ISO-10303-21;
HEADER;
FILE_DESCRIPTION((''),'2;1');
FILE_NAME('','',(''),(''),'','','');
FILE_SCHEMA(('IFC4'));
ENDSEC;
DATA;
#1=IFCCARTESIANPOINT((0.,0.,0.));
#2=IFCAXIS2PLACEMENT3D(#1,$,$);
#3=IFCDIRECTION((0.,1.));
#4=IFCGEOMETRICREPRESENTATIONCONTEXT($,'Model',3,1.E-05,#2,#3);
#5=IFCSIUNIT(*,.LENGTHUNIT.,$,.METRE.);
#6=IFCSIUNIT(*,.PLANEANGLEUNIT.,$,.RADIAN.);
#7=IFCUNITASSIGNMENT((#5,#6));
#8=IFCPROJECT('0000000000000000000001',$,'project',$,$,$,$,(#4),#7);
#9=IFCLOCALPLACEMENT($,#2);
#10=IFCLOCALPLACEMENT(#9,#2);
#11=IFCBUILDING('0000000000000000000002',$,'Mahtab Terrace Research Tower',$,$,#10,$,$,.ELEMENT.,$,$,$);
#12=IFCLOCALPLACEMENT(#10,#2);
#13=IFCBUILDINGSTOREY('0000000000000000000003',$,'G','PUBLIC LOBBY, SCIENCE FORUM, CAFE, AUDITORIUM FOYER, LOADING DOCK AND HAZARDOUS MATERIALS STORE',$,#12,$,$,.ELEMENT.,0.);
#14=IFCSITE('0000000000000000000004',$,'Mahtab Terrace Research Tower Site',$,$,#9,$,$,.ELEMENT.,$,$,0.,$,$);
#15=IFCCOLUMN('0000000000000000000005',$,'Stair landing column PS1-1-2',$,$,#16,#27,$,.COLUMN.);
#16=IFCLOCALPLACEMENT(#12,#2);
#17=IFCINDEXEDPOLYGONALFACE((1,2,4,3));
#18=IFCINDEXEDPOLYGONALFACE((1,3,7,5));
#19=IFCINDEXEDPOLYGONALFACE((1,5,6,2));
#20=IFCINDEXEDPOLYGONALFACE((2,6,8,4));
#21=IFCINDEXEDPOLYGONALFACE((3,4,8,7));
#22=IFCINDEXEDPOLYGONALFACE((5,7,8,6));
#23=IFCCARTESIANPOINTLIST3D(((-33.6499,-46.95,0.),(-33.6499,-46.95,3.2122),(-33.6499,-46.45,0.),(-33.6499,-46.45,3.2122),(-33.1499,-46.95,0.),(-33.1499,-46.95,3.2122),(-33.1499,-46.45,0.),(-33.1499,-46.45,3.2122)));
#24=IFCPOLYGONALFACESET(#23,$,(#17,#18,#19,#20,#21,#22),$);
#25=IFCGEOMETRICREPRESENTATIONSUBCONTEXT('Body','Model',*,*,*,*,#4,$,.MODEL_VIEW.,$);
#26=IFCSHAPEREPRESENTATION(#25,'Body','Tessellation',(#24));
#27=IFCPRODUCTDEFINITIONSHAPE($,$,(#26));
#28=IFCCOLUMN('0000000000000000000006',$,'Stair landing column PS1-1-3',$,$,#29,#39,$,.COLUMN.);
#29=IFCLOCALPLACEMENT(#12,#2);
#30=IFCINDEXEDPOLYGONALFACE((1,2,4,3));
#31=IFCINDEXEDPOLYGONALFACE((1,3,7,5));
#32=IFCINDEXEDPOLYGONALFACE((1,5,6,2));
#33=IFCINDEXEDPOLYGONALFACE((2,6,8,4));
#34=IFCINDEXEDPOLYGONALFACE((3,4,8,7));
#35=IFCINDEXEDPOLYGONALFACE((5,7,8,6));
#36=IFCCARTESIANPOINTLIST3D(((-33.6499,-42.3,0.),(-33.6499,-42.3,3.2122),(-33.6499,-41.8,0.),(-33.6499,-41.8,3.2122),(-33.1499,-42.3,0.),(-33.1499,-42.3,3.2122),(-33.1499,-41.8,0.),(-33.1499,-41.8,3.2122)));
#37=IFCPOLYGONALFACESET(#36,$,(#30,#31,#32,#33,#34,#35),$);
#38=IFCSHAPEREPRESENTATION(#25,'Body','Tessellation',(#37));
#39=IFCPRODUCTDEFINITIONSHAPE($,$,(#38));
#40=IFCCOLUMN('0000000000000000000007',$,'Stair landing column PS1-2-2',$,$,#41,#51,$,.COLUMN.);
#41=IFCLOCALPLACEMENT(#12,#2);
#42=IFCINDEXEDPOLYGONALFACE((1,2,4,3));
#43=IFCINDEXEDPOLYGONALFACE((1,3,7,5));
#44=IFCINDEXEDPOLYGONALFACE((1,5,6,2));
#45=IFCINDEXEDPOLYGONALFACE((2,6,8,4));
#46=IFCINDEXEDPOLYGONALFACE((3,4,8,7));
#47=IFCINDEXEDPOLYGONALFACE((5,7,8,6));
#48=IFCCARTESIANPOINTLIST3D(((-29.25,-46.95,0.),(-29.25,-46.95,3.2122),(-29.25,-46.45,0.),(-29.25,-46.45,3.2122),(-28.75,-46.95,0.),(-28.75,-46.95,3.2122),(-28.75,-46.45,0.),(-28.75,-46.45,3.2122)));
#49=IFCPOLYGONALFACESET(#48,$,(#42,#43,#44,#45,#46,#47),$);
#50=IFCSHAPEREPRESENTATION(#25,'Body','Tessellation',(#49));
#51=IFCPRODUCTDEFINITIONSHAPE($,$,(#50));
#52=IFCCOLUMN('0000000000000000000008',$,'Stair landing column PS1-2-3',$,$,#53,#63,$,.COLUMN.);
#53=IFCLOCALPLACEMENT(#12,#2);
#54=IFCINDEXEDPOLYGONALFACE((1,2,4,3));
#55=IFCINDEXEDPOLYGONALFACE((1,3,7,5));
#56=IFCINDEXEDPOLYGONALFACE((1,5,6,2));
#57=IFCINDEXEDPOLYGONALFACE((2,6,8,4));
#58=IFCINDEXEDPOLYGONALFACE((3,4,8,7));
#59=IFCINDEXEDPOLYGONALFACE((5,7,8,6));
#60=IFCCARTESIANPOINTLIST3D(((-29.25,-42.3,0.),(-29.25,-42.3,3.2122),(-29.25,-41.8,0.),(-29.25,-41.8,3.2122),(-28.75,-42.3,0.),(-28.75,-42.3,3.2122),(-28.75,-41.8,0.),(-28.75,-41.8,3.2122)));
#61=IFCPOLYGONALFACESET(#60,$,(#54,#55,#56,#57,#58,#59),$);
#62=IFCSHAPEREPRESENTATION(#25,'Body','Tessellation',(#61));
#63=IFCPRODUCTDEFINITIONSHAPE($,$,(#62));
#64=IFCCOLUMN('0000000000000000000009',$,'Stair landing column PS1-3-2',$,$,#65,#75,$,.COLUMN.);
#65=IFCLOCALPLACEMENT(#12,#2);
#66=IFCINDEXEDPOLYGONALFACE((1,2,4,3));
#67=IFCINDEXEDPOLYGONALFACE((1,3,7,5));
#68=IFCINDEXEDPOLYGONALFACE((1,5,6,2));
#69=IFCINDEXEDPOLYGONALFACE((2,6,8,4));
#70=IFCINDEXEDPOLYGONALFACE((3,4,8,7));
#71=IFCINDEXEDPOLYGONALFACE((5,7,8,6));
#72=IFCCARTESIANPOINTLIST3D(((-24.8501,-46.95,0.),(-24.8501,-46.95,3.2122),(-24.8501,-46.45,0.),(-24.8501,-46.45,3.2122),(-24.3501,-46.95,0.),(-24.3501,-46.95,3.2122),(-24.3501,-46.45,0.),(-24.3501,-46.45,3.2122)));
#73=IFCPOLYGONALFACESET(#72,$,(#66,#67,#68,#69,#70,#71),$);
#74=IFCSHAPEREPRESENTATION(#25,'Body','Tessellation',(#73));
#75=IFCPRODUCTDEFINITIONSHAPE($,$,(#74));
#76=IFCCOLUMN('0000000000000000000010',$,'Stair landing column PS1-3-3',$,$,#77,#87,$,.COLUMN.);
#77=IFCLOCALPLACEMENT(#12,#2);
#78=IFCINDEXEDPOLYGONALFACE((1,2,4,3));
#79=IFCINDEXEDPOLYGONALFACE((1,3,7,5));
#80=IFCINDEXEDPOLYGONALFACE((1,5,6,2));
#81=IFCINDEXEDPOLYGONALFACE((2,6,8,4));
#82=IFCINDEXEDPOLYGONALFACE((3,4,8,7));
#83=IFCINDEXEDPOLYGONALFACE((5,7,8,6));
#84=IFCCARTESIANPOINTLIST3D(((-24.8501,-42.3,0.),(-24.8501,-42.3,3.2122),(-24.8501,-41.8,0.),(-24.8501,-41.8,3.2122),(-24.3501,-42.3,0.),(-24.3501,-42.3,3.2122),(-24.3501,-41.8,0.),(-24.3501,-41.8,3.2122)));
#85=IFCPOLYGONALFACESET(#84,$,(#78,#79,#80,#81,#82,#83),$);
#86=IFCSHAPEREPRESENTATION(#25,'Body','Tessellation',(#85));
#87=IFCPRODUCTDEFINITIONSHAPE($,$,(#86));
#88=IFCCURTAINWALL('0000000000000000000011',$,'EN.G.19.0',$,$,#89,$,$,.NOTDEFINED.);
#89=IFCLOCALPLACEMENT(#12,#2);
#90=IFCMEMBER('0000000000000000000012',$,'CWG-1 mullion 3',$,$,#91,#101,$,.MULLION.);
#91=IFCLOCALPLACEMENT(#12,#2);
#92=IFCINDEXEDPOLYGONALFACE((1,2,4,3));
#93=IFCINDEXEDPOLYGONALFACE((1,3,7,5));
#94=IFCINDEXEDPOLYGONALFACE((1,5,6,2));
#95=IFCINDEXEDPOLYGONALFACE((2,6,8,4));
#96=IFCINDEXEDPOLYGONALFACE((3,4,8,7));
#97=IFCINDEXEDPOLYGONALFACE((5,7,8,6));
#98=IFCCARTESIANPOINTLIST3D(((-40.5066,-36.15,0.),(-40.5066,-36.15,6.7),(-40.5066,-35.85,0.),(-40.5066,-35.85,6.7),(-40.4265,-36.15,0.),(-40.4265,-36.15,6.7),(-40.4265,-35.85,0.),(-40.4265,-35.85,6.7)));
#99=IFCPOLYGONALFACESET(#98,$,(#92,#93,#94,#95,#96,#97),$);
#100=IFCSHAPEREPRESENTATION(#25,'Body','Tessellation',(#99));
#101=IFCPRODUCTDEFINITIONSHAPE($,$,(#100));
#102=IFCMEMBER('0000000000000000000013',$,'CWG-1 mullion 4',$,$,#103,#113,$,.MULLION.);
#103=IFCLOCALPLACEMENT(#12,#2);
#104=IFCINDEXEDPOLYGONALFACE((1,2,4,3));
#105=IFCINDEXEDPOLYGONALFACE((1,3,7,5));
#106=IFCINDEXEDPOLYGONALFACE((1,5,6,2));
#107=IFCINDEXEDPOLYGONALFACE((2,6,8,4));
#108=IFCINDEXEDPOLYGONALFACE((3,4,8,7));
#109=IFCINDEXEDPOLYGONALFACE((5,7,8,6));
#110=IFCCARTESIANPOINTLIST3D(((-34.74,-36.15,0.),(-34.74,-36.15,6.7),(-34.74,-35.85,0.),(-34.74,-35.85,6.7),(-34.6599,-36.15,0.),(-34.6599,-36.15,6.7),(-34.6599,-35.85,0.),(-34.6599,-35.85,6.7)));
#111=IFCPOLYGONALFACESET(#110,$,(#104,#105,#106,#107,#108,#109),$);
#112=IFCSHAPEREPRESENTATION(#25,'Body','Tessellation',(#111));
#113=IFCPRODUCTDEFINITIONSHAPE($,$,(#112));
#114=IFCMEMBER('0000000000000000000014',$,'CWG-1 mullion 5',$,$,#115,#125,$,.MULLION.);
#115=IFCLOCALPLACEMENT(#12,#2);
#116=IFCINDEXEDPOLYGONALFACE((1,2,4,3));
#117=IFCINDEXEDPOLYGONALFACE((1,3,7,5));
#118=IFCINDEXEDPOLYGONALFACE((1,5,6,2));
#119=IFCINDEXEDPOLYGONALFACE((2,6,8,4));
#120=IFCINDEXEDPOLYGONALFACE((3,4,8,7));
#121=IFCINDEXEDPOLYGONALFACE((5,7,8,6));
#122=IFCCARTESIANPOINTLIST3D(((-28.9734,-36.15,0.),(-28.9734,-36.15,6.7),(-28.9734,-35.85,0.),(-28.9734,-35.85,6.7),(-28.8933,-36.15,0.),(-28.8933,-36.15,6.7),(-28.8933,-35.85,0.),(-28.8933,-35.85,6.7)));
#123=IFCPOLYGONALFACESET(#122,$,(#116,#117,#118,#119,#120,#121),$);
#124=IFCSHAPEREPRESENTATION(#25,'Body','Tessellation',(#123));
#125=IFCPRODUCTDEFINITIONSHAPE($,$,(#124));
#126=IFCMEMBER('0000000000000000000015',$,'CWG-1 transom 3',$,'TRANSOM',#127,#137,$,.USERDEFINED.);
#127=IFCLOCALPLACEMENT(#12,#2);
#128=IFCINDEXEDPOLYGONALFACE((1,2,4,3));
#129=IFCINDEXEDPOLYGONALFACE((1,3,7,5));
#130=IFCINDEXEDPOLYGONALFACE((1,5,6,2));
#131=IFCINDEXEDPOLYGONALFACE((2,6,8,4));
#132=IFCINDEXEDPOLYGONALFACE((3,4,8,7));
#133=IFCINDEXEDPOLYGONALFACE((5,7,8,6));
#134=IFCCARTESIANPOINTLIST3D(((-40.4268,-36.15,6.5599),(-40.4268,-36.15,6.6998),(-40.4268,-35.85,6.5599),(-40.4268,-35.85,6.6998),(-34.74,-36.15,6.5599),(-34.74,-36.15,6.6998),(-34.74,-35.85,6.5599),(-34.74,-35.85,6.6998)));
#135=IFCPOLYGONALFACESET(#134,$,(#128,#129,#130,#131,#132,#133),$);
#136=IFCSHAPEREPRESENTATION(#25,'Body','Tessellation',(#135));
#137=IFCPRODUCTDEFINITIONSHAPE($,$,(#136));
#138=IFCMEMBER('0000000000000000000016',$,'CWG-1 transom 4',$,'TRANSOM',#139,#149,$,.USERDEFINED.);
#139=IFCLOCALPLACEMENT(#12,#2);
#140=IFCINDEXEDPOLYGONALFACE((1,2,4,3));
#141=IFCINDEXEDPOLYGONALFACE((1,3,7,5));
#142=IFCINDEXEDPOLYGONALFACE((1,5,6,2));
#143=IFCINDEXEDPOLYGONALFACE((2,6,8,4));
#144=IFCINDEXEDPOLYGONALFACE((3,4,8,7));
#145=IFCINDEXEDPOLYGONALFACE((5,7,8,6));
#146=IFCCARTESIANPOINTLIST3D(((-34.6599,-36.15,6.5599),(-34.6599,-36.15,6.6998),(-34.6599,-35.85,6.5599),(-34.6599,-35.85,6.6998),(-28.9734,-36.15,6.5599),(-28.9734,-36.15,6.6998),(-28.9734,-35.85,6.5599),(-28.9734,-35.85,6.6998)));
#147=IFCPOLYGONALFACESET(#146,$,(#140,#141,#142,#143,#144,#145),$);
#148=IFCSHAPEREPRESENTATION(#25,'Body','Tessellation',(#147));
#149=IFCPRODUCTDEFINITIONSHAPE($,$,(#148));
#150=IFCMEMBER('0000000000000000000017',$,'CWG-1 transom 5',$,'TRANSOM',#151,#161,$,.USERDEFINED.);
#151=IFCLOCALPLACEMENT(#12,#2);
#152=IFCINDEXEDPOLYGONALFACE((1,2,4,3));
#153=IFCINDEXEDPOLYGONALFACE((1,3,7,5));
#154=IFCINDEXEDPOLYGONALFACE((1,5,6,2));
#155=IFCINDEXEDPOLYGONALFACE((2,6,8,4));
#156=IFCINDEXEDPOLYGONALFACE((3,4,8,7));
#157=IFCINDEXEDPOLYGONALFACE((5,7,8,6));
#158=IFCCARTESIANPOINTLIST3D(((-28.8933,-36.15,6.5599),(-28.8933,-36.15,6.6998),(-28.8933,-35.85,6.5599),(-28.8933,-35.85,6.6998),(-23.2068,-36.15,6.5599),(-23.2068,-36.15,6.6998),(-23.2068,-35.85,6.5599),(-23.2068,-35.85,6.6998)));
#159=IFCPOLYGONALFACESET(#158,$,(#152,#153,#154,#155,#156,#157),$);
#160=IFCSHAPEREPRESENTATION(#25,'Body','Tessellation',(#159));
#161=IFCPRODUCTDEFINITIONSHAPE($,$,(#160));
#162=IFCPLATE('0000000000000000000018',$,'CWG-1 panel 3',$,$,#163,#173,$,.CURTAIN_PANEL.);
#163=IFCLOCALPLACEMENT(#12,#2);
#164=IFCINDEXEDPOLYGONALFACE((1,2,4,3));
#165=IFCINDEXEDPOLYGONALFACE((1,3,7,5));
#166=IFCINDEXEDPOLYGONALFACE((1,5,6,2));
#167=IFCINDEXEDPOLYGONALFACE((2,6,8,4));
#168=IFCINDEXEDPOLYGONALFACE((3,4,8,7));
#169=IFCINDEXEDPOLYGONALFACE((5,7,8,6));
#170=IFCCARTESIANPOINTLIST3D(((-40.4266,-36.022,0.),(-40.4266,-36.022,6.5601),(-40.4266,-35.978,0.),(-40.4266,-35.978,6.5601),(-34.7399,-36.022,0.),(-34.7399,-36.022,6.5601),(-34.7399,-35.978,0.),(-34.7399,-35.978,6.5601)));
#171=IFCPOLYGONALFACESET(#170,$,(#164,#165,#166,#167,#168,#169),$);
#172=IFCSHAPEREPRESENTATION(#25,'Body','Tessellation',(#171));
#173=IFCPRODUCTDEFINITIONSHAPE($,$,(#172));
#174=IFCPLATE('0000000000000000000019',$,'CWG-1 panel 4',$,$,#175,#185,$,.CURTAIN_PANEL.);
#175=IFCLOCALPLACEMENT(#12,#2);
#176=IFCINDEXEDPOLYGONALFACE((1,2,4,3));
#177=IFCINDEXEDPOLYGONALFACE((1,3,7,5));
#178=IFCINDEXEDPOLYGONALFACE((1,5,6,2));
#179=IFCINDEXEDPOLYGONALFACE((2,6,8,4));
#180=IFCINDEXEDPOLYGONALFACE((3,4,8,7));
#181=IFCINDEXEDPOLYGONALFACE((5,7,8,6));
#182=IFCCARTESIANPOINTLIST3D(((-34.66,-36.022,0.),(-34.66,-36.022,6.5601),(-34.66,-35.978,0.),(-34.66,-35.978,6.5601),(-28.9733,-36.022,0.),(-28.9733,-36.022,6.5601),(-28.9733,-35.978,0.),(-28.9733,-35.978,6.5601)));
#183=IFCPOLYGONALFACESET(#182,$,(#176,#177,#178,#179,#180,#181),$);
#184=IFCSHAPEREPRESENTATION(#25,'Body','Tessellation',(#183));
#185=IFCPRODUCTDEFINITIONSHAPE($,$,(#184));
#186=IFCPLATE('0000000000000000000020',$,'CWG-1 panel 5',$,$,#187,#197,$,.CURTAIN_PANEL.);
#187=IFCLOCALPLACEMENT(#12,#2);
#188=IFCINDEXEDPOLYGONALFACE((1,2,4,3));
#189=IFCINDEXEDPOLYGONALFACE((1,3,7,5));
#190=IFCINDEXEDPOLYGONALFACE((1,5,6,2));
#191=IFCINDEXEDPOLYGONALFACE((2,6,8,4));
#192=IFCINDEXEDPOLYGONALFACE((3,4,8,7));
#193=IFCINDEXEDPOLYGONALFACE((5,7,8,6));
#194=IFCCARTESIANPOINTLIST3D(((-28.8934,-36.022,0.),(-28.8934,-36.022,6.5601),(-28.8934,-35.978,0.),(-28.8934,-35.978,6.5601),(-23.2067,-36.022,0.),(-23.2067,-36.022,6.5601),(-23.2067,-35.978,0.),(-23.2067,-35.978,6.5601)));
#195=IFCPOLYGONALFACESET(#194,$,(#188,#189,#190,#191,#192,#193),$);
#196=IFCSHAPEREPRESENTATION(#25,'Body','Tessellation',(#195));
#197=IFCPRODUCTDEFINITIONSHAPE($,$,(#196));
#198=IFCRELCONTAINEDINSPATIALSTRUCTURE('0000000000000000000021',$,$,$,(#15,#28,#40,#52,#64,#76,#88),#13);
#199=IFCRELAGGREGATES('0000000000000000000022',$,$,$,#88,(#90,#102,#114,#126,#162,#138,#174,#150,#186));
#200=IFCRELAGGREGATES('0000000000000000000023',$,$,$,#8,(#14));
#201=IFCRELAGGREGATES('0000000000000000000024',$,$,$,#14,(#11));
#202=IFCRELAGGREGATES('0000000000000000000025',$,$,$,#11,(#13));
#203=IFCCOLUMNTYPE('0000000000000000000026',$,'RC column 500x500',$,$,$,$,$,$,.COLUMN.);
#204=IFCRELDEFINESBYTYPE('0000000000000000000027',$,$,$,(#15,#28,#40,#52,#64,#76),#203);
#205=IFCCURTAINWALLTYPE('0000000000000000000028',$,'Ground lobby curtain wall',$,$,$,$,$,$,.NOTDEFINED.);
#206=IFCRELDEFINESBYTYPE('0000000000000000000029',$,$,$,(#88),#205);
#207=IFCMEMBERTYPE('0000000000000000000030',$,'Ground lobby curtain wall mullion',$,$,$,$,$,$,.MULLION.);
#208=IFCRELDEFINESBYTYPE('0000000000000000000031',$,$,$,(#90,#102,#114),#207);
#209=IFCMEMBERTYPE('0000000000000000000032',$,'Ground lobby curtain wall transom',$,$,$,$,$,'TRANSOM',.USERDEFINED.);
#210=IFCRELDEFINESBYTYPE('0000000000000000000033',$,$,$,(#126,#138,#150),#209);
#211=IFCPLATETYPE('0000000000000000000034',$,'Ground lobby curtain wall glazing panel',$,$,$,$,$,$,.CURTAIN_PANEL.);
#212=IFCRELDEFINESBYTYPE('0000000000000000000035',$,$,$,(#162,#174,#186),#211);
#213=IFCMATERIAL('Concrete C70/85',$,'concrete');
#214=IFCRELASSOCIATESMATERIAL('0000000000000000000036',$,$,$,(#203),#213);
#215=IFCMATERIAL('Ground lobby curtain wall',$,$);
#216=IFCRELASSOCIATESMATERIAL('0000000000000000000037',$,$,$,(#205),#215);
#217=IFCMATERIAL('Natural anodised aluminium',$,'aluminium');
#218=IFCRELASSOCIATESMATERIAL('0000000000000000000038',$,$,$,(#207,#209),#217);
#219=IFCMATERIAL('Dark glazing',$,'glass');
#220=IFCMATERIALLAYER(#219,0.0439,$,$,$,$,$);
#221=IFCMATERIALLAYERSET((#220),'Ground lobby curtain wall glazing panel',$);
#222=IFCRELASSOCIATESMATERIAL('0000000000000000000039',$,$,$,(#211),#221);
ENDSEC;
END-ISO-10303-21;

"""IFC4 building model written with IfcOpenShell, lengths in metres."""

from ifc_helpers import new_model, si_unit, direction, frame, origin, origin_2d, place, context, subcontext, project, spatial, rectangle, extrude, material, layer, layer_set, material_profile, profile_set, type_object, element, aggregate, save


model = new_model("IFC4")

# Units and contexts
model_context = context("Model", 3, precision=1e-05, world=origin(), true_north=direction((0.0, 1.0)))
body_context = subcontext(model_context, "Body", "Model", "MODEL_VIEW")
ifc_project = project(units=[si_unit("LENGTHUNIT", "METRE"), si_unit("PLANEANGLEUNIT", "RADIAN")], contexts=[model_context])

# Site, building, storey
site_placement = place(None, origin())
site = spatial("IfcSite", under=ifc_project, at=site_placement, Name="Mahtab Terrace Research Tower Site", CompositionType="ELEMENT", RefElevation=0.0)
building_placement = place(site_placement, origin())
building = spatial("IfcBuilding", under=site, at=building_placement, Name="Mahtab Terrace Research Tower", CompositionType="ELEMENT")
storey_placement = place(building_placement, origin())
storey = spatial("IfcBuildingStorey", under=building, at=storey_placement, Name="G", Description="PUBLIC LOBBY, SCIENCE FORUM, CAFE, AUDITORIUM FOYER, LOADING DOCK AND HAZARDOUS MATERIALS STORE", CompositionType="ELEMENT", Elevation=0.0)

# Columns
ifc_material_1 = material(Name="Concrete C70/85", Category="concrete")
ifc_material_profile_1 = material_profile(ifc_material_1, rectangle(XDim=0.5, YDim=0.5, at=origin_2d()), Name="RC column 500x500")
ifc_profile_set_1 = profile_set([ifc_material_profile_1], Name="Concrete C70/85")
column_type = type_object("IfcColumnType", Name="RC column 500x500", PredefinedType="COLUMN", material=ifc_profile_set_1)
for number, where, z_axis, x_axis, name in (
    (1, (-33.3999, -46.7, 0.0), (0.0, 0.0, 1.0), (1.0, 0.0, 0.0), "Stair landing column PS1-1-2"),
    (2, (-33.3999, -42.05, 0.0), (0.0, 0.0, 1.0), (1.0, 0.0, 0.0), "Stair landing column PS1-1-3"),
    (3, (-29.0, -46.7, 0.0), (0.0, 0.0, 1.0), (1.0, 0.0, 0.0), "Stair landing column PS1-2-2"),
    (4, (-29.0, -42.05, 0.0), (0.0, 0.0, 1.0), (1.0, 0.0, 0.0), "Stair landing column PS1-2-3"),
    (5, (-24.6001, -46.7, 0.0), (0.0, 0.0, 1.0), (1.0, 0.0, 0.0), "Stair landing column PS1-3-2"),
    (6, (-24.6001, -42.05, 0.0), (0.0, 0.0, 1.0), (1.0, 0.0, 0.0), "Stair landing column PS1-3-3"),
):
    element("IfcColumn", number, at=place(storey_placement, frame(where, z_axis=z_axis, x_axis=x_axis)), inside=storey, type_object=column_type, Name=name, PredefinedType="COLUMN", context=body_context, shape_type="SweptSolid", body=[
        extrude(rectangle(XDim=0.5, YDim=0.5, at=origin_2d()), origin(), (0.0, 0.0, 1.0), 3.2122),
    ])

# Curtain wall, members, plates
ifc_material_2 = material(Name="Ground lobby curtain wall")
curtain_wall_type = type_object("IfcCurtainWallType", Name="Ground lobby curtain wall", PredefinedType="NOTDEFINED", material=ifc_material_2)
curtain_wall_placement = place(storey_placement, origin())
curtain_wall = element("IfcCurtainWall", 7, at=curtain_wall_placement, inside=storey, type_object=curtain_wall_type, Name="EN.G.19.0", PredefinedType="NOTDEFINED")
ifc_material_3 = material(Name="Natural anodised aluminium", Category="aluminium")
ifc_material_profile_2 = material_profile(ifc_material_3, rectangle(XDim=0.3, YDim=0.0801, at=origin_2d()), Name="MULLION 80x300")
ifc_profile_set_2 = profile_set([ifc_material_profile_2], Name="Natural anodised aluminium")
member_type_1 = type_object("IfcMemberType", Name="Ground lobby curtain wall mullion", PredefinedType="MULLION", material=ifc_profile_set_2)
member_1_placement = place(storey_placement, frame((-40.4666, -36.0, 0.0), z_axis=(0.0, 0.0, 1.0), x_axis=(0.0, 1.0, 0.0)))
member_1 = element("IfcMember", 8, at=member_1_placement, type_object=member_type_1, Name="CWG-1 mullion 3", PredefinedType="MULLION", context=body_context, shape_type="SweptSolid", body=[
    extrude(rectangle(XDim=0.3, YDim=0.0801, at=origin_2d()), origin(), (0.0, 0.0, 1.0), 6.7),
])
member_2_placement = place(storey_placement, frame((-34.7, -36.0, 0.0), z_axis=(0.0, 0.0, 1.0), x_axis=(0.0, 1.0, 0.0)))
member_2 = element("IfcMember", 9, at=member_2_placement, type_object=member_type_1, Name="CWG-1 mullion 4", PredefinedType="MULLION", context=body_context, shape_type="SweptSolid", body=[
    extrude(rectangle(XDim=0.3, YDim=0.0801, at=origin_2d()), origin(), (0.0, 0.0, 1.0), 6.7),
])
member_3_placement = place(storey_placement, frame((-28.9333, -36.0, 0.0), z_axis=(0.0, 0.0, 1.0), x_axis=(0.0, 1.0, 0.0)))
member_3 = element("IfcMember", 10, at=member_3_placement, type_object=member_type_1, Name="CWG-1 mullion 5", PredefinedType="MULLION", context=body_context, shape_type="SweptSolid", body=[
    extrude(rectangle(XDim=0.3, YDim=0.0801, at=origin_2d()), origin(), (0.0, 0.0, 1.0), 6.7),
])
ifc_material_profile_3 = material_profile(ifc_material_3, rectangle(XDim=0.3, YDim=0.1399, at=origin_2d()), Name="TRANSOM 140x300")
ifc_profile_set_3 = profile_set([ifc_material_profile_3], Name="Natural anodised aluminium")
member_type_2 = type_object("IfcMemberType", Name="Ground lobby curtain wall transom", ElementType="TRANSOM", PredefinedType="USERDEFINED", material=ifc_profile_set_3)
member_4_placement = place(storey_placement, frame((-40.4268, -36.0, 6.6299), z_axis=(1.0, 0.0, 0.0), x_axis=(0.0, 1.0, 0.0)))
member_4 = element("IfcMember", 11, at=member_4_placement, type_object=member_type_2, Name="CWG-1 transom 3", ObjectType="TRANSOM", PredefinedType="USERDEFINED", context=body_context, shape_type="SweptSolid", body=[
    extrude(rectangle(XDim=0.3, YDim=0.1399, at=origin_2d()), origin(), (0.0, 0.0, 1.0), 5.6868),
])
member_5_placement = place(storey_placement, frame((-34.6599, -36.0, 6.6299), z_axis=(1.0, 0.0, 0.0), x_axis=(0.0, 1.0, 0.0)))
member_5 = element("IfcMember", 12, at=member_5_placement, type_object=member_type_2, Name="CWG-1 transom 4", ObjectType="TRANSOM", PredefinedType="USERDEFINED", context=body_context, shape_type="SweptSolid", body=[
    extrude(rectangle(XDim=0.3, YDim=0.1399, at=origin_2d()), origin(), (0.0, 0.0, 1.0), 5.6865),
])
member_6_placement = place(storey_placement, frame((-28.8933, -36.0, 6.6299), z_axis=(1.0, 0.0, 0.0), x_axis=(0.0, 1.0, 0.0)))
member_6 = element("IfcMember", 13, at=member_6_placement, type_object=member_type_2, Name="CWG-1 transom 5", ObjectType="TRANSOM", PredefinedType="USERDEFINED", context=body_context, shape_type="SweptSolid", body=[
    extrude(rectangle(XDim=0.3, YDim=0.1399, at=origin_2d()), origin(), (0.0, 0.0, 1.0), 5.6865),
])
ifc_material_4 = material(Name="Dark glazing", Category="glass")
ifc_layer_1 = layer(ifc_material_4, 0.0439)
ifc_layer_set_1 = layer_set([ifc_layer_1], Name="Ground lobby curtain wall glazing panel")
plate_type = type_object("IfcPlateType", Name="Ground lobby curtain wall glazing panel", PredefinedType="CURTAIN_PANEL", material=ifc_layer_set_1)
plate_1_placement = place(storey_placement, frame((-37.5833, -36.0, 0.0), z_axis=(0.0, 0.0, 1.0), x_axis=(1.0, 0.0, 0.0)))
plate_1 = element("IfcPlate", 14, at=plate_1_placement, type_object=plate_type, Name="CWG-1 panel 3", PredefinedType="CURTAIN_PANEL", context=body_context, shape_type="SweptSolid", body=[
    extrude(rectangle(XDim=5.6868, YDim=0.0439, at=origin_2d()), origin(), (0.0, 0.0, 1.0), 6.5601),
])
plate_2_placement = place(storey_placement, frame((-31.8167, -36.0, 0.0), z_axis=(0.0, 0.0, 1.0), x_axis=(1.0, 0.0, 0.0)))
plate_2 = element("IfcPlate", 15, at=plate_2_placement, type_object=plate_type, Name="CWG-1 panel 4", PredefinedType="CURTAIN_PANEL", context=body_context, shape_type="SweptSolid", body=[
    extrude(rectangle(XDim=5.6868, YDim=0.0439, at=origin_2d()), origin(), (0.0, 0.0, 1.0), 6.5601),
])
plate_3_placement = place(storey_placement, frame((-26.05, -36.0, 0.0), z_axis=(0.0, 0.0, 1.0), x_axis=(1.0, 0.0, 0.0)))
plate_3 = element("IfcPlate", 16, at=plate_3_placement, type_object=plate_type, Name="CWG-1 panel 5", PredefinedType="CURTAIN_PANEL", context=body_context, shape_type="SweptSolid", body=[
    extrude(rectangle(XDim=5.6868, YDim=0.0439, at=origin_2d()), origin(), (0.0, 0.0, 1.0), 6.5601),
])
aggregate(curtain_wall, [member_1, member_2, member_3, member_4, plate_1, member_5, plate_2, member_6, plate_3])

save(model, "model.ifc")
